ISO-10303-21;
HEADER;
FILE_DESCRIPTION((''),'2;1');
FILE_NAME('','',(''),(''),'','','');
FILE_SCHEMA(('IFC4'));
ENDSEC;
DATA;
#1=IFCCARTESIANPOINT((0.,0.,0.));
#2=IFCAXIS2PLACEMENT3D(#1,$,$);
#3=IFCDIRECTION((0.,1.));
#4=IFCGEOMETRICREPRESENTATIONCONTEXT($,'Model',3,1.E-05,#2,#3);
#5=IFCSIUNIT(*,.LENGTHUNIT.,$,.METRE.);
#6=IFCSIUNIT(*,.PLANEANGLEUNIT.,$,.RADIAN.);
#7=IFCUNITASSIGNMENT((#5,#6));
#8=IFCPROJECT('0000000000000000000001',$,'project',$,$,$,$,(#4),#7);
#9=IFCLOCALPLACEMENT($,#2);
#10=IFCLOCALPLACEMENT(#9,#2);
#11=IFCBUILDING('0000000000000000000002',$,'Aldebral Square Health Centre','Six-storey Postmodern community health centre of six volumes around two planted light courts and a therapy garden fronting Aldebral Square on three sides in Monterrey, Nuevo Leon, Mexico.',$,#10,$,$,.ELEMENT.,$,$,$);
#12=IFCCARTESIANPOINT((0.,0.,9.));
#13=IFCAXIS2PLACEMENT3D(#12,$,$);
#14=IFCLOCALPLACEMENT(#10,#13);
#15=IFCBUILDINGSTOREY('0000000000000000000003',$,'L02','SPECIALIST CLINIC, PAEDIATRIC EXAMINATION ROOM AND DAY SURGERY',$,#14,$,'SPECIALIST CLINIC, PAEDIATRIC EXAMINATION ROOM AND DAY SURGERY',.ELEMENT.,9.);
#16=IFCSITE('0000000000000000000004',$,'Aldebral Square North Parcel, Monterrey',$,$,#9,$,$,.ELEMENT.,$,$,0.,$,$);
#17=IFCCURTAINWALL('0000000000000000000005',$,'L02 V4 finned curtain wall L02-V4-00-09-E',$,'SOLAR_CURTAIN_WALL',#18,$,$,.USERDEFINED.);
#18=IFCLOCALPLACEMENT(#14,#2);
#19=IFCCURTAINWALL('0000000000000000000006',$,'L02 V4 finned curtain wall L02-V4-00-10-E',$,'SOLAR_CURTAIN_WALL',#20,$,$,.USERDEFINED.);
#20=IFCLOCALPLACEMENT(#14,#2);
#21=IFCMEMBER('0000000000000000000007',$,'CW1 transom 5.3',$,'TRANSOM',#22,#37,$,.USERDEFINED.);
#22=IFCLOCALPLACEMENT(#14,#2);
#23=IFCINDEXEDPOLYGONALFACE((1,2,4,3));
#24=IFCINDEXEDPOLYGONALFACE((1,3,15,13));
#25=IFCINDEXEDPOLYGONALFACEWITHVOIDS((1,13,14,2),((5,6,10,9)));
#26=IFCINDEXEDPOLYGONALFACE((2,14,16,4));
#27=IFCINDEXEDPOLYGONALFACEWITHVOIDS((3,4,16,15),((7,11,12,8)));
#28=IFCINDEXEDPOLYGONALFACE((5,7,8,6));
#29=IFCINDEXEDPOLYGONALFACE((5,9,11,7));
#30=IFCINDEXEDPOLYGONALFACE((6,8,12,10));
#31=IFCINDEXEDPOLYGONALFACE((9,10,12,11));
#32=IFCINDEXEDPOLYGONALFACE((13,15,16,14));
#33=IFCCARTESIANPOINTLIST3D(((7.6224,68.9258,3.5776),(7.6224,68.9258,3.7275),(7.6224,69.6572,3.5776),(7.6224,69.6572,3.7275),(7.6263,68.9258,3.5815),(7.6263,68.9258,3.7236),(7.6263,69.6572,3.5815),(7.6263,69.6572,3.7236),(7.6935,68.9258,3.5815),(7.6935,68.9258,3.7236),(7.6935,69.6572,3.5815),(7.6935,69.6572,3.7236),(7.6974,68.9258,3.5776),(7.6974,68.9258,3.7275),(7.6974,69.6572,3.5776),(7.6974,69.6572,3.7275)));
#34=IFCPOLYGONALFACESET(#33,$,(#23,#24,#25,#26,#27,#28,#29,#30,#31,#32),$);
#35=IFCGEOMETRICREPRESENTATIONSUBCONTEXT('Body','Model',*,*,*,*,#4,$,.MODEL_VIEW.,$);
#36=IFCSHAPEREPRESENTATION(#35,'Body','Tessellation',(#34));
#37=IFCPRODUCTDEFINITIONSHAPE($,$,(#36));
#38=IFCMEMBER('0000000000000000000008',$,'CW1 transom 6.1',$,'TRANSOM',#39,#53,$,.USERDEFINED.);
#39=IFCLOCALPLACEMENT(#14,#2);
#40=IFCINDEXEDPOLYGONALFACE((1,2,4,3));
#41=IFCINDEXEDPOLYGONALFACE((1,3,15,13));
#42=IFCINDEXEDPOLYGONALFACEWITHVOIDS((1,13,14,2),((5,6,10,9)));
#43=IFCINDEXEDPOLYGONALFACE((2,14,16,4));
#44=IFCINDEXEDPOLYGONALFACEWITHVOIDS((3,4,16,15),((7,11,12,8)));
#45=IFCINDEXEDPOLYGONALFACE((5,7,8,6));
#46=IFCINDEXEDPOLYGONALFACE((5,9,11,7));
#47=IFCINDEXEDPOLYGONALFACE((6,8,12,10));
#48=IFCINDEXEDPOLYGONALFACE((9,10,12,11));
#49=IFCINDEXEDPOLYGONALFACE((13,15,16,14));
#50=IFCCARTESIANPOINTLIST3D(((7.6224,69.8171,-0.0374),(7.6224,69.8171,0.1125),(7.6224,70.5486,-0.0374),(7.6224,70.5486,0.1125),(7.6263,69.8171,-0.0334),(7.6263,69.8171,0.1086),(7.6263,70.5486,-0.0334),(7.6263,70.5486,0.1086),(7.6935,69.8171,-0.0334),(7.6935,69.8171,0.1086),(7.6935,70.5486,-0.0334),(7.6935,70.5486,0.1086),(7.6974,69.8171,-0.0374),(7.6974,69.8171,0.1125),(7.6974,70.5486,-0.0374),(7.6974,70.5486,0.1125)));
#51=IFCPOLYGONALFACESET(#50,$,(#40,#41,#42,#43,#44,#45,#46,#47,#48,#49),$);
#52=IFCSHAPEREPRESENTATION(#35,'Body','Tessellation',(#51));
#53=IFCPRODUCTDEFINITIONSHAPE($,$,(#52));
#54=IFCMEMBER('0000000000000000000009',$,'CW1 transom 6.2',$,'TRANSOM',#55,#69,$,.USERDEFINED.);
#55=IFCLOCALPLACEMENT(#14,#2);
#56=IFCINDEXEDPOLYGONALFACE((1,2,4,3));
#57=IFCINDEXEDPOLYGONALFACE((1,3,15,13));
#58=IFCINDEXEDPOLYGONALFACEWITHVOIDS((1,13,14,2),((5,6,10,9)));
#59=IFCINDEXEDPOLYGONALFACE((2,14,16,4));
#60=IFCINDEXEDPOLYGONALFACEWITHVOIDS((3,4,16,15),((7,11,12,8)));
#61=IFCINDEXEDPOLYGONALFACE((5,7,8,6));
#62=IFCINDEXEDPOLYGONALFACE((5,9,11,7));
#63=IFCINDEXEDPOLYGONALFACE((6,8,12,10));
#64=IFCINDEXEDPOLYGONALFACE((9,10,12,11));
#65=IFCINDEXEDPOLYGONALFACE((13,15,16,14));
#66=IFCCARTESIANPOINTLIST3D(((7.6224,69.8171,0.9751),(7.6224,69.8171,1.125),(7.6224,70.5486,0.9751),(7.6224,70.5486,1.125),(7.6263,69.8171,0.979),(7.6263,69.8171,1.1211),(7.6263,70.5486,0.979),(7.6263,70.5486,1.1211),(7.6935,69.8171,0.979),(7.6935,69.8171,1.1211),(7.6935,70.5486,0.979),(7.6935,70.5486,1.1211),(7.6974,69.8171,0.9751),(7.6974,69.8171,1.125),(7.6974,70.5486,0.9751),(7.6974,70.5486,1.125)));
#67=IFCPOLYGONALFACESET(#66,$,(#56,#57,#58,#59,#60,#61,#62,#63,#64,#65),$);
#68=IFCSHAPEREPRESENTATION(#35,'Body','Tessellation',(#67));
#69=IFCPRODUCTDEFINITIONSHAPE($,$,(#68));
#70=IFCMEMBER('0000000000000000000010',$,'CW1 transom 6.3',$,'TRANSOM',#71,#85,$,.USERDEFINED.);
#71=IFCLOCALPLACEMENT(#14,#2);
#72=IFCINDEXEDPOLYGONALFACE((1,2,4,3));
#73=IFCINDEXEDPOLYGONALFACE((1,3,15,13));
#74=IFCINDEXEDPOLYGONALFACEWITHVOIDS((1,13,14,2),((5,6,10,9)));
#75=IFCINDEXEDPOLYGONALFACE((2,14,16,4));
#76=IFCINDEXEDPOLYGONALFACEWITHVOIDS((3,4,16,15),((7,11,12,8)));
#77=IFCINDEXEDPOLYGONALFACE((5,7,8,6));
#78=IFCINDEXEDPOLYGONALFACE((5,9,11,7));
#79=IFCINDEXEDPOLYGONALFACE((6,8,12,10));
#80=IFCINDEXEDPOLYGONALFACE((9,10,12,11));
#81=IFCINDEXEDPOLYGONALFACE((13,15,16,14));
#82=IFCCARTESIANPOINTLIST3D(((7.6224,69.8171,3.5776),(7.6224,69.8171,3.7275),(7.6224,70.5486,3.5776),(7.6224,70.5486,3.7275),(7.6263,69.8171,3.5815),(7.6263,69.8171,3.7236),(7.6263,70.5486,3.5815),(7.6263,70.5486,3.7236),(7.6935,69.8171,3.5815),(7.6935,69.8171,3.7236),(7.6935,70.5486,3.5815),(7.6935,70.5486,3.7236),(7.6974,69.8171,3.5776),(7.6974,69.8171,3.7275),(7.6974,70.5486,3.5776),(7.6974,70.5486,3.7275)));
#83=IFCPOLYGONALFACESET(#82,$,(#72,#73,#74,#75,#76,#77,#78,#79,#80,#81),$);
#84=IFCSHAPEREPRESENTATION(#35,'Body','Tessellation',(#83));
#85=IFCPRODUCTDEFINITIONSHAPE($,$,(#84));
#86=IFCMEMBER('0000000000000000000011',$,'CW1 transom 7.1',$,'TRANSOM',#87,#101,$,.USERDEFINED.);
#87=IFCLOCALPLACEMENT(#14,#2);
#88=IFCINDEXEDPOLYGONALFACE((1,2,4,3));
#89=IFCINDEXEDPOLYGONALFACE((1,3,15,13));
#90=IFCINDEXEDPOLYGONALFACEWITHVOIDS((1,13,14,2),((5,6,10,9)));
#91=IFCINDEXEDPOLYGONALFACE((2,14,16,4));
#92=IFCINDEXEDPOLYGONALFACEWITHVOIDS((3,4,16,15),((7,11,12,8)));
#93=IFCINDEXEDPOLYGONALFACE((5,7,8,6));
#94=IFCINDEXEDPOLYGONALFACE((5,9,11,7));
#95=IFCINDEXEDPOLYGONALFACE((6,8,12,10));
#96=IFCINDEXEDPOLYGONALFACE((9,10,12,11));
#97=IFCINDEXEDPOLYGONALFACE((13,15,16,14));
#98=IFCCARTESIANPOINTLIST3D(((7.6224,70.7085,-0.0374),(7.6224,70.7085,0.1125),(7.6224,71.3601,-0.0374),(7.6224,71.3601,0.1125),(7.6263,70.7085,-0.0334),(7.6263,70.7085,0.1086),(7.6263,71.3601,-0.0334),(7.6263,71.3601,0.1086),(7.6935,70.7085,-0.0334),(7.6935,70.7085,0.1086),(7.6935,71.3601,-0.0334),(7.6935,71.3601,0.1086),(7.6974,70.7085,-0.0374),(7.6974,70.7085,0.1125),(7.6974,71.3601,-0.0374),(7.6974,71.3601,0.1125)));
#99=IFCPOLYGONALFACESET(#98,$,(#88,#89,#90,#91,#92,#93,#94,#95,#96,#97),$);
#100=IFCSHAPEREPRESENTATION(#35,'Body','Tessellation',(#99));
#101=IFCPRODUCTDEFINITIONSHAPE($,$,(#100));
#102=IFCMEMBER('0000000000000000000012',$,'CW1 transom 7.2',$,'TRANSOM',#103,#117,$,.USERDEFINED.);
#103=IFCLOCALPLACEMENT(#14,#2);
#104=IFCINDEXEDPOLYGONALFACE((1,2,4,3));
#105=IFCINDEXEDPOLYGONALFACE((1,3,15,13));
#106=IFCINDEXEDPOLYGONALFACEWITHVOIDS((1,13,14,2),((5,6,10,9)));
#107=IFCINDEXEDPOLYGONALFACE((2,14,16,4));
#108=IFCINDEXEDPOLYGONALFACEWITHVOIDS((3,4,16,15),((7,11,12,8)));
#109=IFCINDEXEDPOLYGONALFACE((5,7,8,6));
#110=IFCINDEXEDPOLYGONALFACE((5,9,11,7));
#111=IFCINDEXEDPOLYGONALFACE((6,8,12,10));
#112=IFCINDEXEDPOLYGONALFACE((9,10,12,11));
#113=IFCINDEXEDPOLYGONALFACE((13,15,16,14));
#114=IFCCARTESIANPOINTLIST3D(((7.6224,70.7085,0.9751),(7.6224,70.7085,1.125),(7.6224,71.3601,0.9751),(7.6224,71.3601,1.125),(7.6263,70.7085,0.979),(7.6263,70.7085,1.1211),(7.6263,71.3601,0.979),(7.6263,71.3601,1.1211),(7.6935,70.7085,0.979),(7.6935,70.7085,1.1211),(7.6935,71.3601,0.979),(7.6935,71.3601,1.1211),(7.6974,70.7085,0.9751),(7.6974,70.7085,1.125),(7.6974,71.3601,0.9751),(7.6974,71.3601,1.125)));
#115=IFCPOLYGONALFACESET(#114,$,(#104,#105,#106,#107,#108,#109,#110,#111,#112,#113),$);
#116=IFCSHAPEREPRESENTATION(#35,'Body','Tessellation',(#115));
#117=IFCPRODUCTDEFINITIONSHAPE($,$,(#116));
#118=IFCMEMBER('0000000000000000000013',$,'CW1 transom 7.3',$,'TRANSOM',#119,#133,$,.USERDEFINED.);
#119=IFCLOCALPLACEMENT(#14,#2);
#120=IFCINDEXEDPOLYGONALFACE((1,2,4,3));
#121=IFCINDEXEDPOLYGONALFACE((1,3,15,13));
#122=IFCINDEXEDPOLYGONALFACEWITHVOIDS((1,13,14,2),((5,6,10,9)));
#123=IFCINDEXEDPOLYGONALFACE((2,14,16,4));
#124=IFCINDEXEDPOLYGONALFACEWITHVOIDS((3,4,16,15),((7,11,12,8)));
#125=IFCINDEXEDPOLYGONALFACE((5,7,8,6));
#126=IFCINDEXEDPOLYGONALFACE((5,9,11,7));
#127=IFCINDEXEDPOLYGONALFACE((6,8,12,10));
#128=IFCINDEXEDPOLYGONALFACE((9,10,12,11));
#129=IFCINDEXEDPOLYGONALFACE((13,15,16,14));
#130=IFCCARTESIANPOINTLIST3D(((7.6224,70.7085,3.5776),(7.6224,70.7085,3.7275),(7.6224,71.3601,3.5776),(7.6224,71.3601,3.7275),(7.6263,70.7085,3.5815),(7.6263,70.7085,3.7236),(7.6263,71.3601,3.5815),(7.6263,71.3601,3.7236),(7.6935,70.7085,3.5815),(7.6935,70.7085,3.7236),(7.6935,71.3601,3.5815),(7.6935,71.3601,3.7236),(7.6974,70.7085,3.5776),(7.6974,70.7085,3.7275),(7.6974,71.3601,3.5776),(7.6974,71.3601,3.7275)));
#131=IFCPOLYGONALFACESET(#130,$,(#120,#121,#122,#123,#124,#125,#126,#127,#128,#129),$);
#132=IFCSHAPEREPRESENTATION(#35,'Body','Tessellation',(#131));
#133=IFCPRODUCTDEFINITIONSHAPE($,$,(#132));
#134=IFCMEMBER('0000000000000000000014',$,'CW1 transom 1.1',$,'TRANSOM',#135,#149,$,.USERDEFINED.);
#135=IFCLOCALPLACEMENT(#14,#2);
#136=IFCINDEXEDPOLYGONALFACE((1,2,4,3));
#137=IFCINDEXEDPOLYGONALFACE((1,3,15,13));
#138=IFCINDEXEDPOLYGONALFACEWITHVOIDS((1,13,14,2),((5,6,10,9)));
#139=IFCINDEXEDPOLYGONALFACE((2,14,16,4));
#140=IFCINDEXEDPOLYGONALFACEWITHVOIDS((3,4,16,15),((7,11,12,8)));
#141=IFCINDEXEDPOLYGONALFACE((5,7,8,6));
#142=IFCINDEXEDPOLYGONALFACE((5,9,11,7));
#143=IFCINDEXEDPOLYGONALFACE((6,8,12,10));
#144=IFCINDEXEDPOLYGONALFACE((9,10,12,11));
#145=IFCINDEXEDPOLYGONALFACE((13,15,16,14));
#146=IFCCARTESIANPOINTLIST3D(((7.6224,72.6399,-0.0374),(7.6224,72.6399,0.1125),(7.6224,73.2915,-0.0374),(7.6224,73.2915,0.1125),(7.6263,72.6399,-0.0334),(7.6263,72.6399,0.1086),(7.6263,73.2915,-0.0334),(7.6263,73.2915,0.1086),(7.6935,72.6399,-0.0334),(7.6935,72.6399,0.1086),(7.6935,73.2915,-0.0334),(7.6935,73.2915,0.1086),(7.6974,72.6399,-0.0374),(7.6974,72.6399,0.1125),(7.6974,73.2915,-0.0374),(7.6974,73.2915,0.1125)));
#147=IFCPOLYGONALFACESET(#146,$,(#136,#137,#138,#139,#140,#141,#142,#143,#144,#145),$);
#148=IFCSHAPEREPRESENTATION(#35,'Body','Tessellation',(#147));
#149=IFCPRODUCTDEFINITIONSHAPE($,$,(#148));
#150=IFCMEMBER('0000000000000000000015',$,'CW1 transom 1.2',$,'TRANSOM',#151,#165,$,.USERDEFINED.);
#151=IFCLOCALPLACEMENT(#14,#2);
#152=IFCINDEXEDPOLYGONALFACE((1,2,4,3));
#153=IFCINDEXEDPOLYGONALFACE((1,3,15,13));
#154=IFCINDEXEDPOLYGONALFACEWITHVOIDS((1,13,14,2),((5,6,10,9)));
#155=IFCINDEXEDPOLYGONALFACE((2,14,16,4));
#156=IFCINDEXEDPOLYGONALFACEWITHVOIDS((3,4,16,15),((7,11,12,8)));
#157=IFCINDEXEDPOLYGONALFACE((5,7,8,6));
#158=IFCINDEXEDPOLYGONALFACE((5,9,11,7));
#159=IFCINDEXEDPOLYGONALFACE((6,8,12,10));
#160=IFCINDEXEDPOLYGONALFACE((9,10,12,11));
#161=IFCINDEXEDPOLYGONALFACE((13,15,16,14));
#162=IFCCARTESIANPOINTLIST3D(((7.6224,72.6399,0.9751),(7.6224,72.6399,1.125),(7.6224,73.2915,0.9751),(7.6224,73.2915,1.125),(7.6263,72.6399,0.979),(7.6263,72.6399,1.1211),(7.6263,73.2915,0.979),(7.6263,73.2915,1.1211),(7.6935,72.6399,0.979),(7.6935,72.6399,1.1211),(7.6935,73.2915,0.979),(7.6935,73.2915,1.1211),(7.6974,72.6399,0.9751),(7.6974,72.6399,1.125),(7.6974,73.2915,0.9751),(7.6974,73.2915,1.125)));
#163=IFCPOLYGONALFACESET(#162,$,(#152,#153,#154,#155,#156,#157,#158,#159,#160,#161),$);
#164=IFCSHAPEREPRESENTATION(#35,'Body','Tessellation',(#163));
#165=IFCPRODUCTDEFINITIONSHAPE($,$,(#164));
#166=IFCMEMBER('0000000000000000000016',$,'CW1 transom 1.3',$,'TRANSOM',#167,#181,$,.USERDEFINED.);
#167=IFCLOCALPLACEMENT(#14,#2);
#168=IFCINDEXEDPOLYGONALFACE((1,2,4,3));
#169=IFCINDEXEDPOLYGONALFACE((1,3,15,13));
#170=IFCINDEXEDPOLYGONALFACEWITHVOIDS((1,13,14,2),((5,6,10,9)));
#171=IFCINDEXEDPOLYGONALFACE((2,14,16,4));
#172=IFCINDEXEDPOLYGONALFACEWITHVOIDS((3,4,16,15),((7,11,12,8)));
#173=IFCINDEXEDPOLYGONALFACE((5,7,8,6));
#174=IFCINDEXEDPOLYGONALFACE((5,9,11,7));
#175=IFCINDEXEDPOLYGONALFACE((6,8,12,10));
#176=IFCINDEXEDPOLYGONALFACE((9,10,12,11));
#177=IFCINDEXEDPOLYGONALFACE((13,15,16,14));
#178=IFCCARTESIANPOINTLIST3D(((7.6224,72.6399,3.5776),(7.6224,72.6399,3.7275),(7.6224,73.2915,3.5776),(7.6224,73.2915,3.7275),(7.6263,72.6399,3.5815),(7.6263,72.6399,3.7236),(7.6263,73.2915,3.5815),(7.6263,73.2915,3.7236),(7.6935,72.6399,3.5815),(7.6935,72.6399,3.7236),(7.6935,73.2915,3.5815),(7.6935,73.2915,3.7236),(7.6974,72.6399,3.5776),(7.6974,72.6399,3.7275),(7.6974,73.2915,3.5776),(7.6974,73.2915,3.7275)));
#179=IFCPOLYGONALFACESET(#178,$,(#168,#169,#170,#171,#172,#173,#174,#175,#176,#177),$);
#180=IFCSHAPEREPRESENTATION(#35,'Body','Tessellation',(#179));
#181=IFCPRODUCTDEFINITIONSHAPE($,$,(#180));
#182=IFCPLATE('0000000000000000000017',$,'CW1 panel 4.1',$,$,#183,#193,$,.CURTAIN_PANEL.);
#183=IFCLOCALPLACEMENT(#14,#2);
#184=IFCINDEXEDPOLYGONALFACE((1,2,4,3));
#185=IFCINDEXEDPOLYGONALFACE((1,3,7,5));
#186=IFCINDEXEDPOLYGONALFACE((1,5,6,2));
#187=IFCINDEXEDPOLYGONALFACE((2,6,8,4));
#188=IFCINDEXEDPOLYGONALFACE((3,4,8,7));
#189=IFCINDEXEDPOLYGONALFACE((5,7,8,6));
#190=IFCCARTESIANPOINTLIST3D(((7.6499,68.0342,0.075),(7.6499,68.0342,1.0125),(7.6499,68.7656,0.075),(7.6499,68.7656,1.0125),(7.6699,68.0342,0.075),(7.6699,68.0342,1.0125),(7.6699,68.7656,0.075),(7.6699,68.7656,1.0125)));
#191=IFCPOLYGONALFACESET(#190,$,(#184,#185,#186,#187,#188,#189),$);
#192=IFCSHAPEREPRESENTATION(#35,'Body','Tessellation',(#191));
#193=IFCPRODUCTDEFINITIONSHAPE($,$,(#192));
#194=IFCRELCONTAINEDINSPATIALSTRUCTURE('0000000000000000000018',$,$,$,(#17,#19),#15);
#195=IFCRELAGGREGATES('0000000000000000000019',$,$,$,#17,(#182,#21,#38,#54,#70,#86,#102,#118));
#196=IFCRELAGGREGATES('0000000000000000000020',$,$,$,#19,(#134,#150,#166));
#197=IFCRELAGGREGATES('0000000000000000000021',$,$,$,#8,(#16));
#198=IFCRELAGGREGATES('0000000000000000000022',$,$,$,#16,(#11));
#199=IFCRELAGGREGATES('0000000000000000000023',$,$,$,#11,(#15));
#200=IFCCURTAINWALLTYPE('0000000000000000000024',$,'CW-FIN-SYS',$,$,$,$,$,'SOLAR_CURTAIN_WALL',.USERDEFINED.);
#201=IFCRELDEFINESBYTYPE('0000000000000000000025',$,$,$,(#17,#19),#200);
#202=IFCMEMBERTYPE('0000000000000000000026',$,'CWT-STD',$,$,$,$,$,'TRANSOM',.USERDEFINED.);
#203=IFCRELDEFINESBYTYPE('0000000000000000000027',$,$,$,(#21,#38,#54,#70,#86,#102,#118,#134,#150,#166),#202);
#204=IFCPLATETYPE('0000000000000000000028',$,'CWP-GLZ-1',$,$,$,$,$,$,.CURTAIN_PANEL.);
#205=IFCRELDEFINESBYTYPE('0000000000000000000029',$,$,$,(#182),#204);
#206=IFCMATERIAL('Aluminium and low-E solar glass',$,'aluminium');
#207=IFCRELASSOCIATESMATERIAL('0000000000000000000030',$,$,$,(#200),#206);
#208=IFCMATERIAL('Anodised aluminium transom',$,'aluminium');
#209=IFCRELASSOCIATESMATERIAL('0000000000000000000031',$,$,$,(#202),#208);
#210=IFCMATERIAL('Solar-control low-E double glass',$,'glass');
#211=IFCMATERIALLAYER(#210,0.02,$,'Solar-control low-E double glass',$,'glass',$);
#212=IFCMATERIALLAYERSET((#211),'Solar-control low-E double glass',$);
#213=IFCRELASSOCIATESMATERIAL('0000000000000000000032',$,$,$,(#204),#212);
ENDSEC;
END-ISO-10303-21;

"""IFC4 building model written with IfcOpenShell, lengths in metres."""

from ifc_helpers import new_model, si_unit, direction, frame, origin, origin_2d, place, context, subcontext, project, spatial, rectangle, hollow_rectangle, extrude, material, layer, layer_set, material_profile, profile_set, type_object, element, aggregate, save


model = new_model("IFC4")

# Units and contexts
model_context = context("Model", 3, precision=1e-05, world=origin(), true_north=direction((0.0, 1.0)))
body_context = subcontext(model_context, "Body", "Model", "MODEL_VIEW")
ifc_project = project(units=[si_unit("LENGTHUNIT", "METRE"), si_unit("PLANEANGLEUNIT", "RADIAN")], contexts=[model_context])

# Site, building, storey
site_placement = place(None, origin())
site = spatial("IfcSite", under=ifc_project, at=site_placement, Name="Aldebral Square North Parcel, Monterrey", CompositionType="ELEMENT", RefElevation=0.0)
building_placement = place(site_placement, origin())
building = spatial("IfcBuilding", under=site, at=building_placement, Name="Aldebral Square Health Centre", Description="Six-storey Postmodern community health centre of six volumes around two planted light courts and a therapy garden fronting Aldebral Square on three sides in Monterrey, Nuevo Leon, Mexico.", CompositionType="ELEMENT")
storey_placement = place(building_placement, frame((0.0, 0.0, 9.0)))
storey = spatial("IfcBuildingStorey", under=building, at=storey_placement, Name="L02", Description="SPECIALIST CLINIC, PAEDIATRIC EXAMINATION ROOM AND DAY SURGERY", LongName="SPECIALIST CLINIC, PAEDIATRIC EXAMINATION ROOM AND DAY SURGERY", CompositionType="ELEMENT", Elevation=9.0)

# Curtain walls
ifc_material_1 = material(Name="Aluminium and low-E solar glass", Category="aluminium")
curtain_wall_type = type_object("IfcCurtainWallType", Name="CW-FIN-SYS", ElementType="SOLAR_CURTAIN_WALL", PredefinedType="USERDEFINED", material=ifc_material_1)
curtain_wall_1_placement = place(storey_placement, origin())
curtain_wall_1 = element("IfcCurtainWall", 1, at=curtain_wall_1_placement, inside=storey, type_object=curtain_wall_type, Name="L02 V4 finned curtain wall L02-V4-00-09-E", ObjectType="SOLAR_CURTAIN_WALL", PredefinedType="USERDEFINED")
curtain_wall_2_placement = place(storey_placement, origin())
curtain_wall_2 = element("IfcCurtainWall", 2, at=curtain_wall_2_placement, inside=storey, type_object=curtain_wall_type, Name="L02 V4 finned curtain wall L02-V4-00-10-E", ObjectType="SOLAR_CURTAIN_WALL", PredefinedType="USERDEFINED")

# Members
ifc_material_2 = material(Name="Anodised aluminium transom", Category="aluminium")
ifc_material_profile_1 = material_profile(ifc_material_2, hollow_rectangle(XDim=0.075, YDim=0.1499, WallThickness=0.0039, at=origin_2d()), Name="CWT 75x150x4")
ifc_profile_set_1 = profile_set([ifc_material_profile_1], Name="Anodised aluminium transom")
member_type_1 = type_object("IfcMemberType", Name="CWT-STD", ElementType="TRANSOM", PredefinedType="USERDEFINED", material=ifc_profile_set_1)
member_1_placement = place(storey_placement, frame((7.6599, 68.9258, 3.6526), z_axis=(0.0, 1.0, 0.0), x_axis=(-1.0, 0.0, 0.0)))
member_1 = element("IfcMember", 3, at=member_1_placement, type_object=member_type_1, Name="CW1 transom 5.3", ObjectType="TRANSOM", PredefinedType="USERDEFINED", context=body_context, shape_type="SweptSolid", body=[
    extrude(hollow_rectangle(XDim=0.075, YDim=0.1499, WallThickness=0.0039, at=origin_2d()), origin(), (0.0, 0.0, 1.0), 0.7314),
])
member_2_placement = place(storey_placement, frame((7.6599, 69.8171, 0.0376), z_axis=(0.0, 1.0, 0.0), x_axis=(-1.0, 0.0, 0.0)))
member_2 = element("IfcMember", 4, at=member_2_placement, type_object=member_type_1, Name="CW1 transom 6.1", ObjectType="TRANSOM", PredefinedType="USERDEFINED", context=body_context, shape_type="SweptSolid", body=[
    extrude(hollow_rectangle(XDim=0.075, YDim=0.1499, WallThickness=0.0039, at=origin_2d()), origin(), (0.0, 0.0, 1.0), 0.7314),
])
member_3_placement = place(storey_placement, frame((7.6599, 69.8171, 1.05), z_axis=(0.0, 1.0, 0.0), x_axis=(-1.0, 0.0, 0.0)))
member_3 = element("IfcMember", 5, at=member_3_placement, type_object=member_type_1, Name="CW1 transom 6.2", ObjectType="TRANSOM", PredefinedType="USERDEFINED", context=body_context, shape_type="SweptSolid", body=[
    extrude(hollow_rectangle(XDim=0.075, YDim=0.1499, WallThickness=0.0039, at=origin_2d()), origin(), (0.0, 0.0, 1.0), 0.7314),
])
member_4_placement = place(storey_placement, frame((7.6599, 69.8171, 3.6526), z_axis=(0.0, 1.0, 0.0), x_axis=(-1.0, 0.0, 0.0)))
member_4 = element("IfcMember", 6, at=member_4_placement, type_object=member_type_1, Name="CW1 transom 6.3", ObjectType="TRANSOM", PredefinedType="USERDEFINED", context=body_context, shape_type="SweptSolid", body=[
    extrude(hollow_rectangle(XDim=0.075, YDim=0.1499, WallThickness=0.0039, at=origin_2d()), origin(), (0.0, 0.0, 1.0), 0.7314),
])
member_5_placement = place(storey_placement, frame((7.6599, 70.7085, 0.0376), z_axis=(0.0, 1.0, 0.0), x_axis=(-1.0, 0.0, 0.0)))
member_5 = element("IfcMember", 7, at=member_5_placement, type_object=member_type_1, Name="CW1 transom 7.1", ObjectType="TRANSOM", PredefinedType="USERDEFINED", context=body_context, shape_type="SweptSolid", body=[
    extrude(hollow_rectangle(XDim=0.075, YDim=0.1499, WallThickness=0.0039, at=origin_2d()), origin(), (0.0, 0.0, 1.0), 0.6516),
])
member_6_placement = place(storey_placement, frame((7.6599, 70.7085, 1.05), z_axis=(0.0, 1.0, 0.0), x_axis=(-1.0, 0.0, 0.0)))
member_6 = element("IfcMember", 8, at=member_6_placement, type_object=member_type_1, Name="CW1 transom 7.2", ObjectType="TRANSOM", PredefinedType="USERDEFINED", context=body_context, shape_type="SweptSolid", body=[
    extrude(hollow_rectangle(XDim=0.075, YDim=0.1499, WallThickness=0.0039, at=origin_2d()), origin(), (0.0, 0.0, 1.0), 0.6516),
])
member_7_placement = place(storey_placement, frame((7.6599, 70.7085, 3.6526), z_axis=(0.0, 1.0, 0.0), x_axis=(-1.0, 0.0, 0.0)))
member_7 = element("IfcMember", 9, at=member_7_placement, type_object=member_type_1, Name="CW1 transom 7.3", ObjectType="TRANSOM", PredefinedType="USERDEFINED", context=body_context, shape_type="SweptSolid", body=[
    extrude(hollow_rectangle(XDim=0.075, YDim=0.1499, WallThickness=0.0039, at=origin_2d()), origin(), (0.0, 0.0, 1.0), 0.6516),
])
member_8_placement = place(storey_placement, frame((7.6599, 72.6399, 0.0376), z_axis=(0.0, 1.0, 0.0), x_axis=(-1.0, 0.0, 0.0)))
member_8 = element("IfcMember", 10, at=member_8_placement, type_object=member_type_1, Name="CW1 transom 1.1", ObjectType="TRANSOM", PredefinedType="USERDEFINED", context=body_context, shape_type="SweptSolid", body=[
    extrude(hollow_rectangle(XDim=0.075, YDim=0.1499, WallThickness=0.0039, at=origin_2d()), origin(), (0.0, 0.0, 1.0), 0.6516),
])
member_9_placement = place(storey_placement, frame((7.6599, 72.6399, 1.05), z_axis=(0.0, 1.0, 0.0), x_axis=(-1.0, 0.0, 0.0)))
member_9 = element("IfcMember", 11, at=member_9_placement, type_object=member_type_1, Name="CW1 transom 1.2", ObjectType="TRANSOM", PredefinedType="USERDEFINED", context=body_context, shape_type="SweptSolid", body=[
    extrude(hollow_rectangle(XDim=0.075, YDim=0.1499, WallThickness=0.0039, at=origin_2d()), origin(), (0.0, 0.0, 1.0), 0.6516),
])
member_10_placement = place(storey_placement, frame((7.6599, 72.6399, 3.6526), z_axis=(0.0, 1.0, 0.0), x_axis=(-1.0, 0.0, 0.0)))
member_10 = element("IfcMember", 12, at=member_10_placement, type_object=member_type_1, Name="CW1 transom 1.3", ObjectType="TRANSOM", PredefinedType="USERDEFINED", context=body_context, shape_type="SweptSolid", body=[
    extrude(hollow_rectangle(XDim=0.075, YDim=0.1499, WallThickness=0.0039, at=origin_2d()), origin(), (0.0, 0.0, 1.0), 0.6516),
])

# Plate
ifc_material_3 = material(Name="Solar-control low-E double glass", Category="glass")
ifc_layer_1 = layer(ifc_material_3, 0.02, Name="Solar-control low-E double glass", Category="glass")
ifc_layer_set_1 = layer_set([ifc_layer_1], Name="Solar-control low-E double glass")
plate_type_1 = type_object("IfcPlateType", Name="CWP-GLZ-1", PredefinedType="CURTAIN_PANEL", material=ifc_layer_set_1)
plate_1_placement = place(storey_placement, frame((7.6599, 68.3999, 0.075), z_axis=(0.0, 0.0, 1.0), x_axis=(0.0, 1.0, 0.0)))
plate_1 = element("IfcPlate", 13, at=plate_1_placement, type_object=plate_type_1, Name="CW1 panel 4.1", PredefinedType="CURTAIN_PANEL", context=body_context, shape_type="SweptSolid", body=[
    extrude(rectangle(XDim=0.7314, YDim=0.02, at=origin_2d()), origin(), (0.0, 0.0, 1.0), 0.9375),
])
aggregate(curtain_wall_1, [plate_1, member_1, member_2, member_3, member_4, member_5, member_6, member_7])
aggregate(curtain_wall_2, [member_8, member_9, member_10])

save(model, "model.ifc")
